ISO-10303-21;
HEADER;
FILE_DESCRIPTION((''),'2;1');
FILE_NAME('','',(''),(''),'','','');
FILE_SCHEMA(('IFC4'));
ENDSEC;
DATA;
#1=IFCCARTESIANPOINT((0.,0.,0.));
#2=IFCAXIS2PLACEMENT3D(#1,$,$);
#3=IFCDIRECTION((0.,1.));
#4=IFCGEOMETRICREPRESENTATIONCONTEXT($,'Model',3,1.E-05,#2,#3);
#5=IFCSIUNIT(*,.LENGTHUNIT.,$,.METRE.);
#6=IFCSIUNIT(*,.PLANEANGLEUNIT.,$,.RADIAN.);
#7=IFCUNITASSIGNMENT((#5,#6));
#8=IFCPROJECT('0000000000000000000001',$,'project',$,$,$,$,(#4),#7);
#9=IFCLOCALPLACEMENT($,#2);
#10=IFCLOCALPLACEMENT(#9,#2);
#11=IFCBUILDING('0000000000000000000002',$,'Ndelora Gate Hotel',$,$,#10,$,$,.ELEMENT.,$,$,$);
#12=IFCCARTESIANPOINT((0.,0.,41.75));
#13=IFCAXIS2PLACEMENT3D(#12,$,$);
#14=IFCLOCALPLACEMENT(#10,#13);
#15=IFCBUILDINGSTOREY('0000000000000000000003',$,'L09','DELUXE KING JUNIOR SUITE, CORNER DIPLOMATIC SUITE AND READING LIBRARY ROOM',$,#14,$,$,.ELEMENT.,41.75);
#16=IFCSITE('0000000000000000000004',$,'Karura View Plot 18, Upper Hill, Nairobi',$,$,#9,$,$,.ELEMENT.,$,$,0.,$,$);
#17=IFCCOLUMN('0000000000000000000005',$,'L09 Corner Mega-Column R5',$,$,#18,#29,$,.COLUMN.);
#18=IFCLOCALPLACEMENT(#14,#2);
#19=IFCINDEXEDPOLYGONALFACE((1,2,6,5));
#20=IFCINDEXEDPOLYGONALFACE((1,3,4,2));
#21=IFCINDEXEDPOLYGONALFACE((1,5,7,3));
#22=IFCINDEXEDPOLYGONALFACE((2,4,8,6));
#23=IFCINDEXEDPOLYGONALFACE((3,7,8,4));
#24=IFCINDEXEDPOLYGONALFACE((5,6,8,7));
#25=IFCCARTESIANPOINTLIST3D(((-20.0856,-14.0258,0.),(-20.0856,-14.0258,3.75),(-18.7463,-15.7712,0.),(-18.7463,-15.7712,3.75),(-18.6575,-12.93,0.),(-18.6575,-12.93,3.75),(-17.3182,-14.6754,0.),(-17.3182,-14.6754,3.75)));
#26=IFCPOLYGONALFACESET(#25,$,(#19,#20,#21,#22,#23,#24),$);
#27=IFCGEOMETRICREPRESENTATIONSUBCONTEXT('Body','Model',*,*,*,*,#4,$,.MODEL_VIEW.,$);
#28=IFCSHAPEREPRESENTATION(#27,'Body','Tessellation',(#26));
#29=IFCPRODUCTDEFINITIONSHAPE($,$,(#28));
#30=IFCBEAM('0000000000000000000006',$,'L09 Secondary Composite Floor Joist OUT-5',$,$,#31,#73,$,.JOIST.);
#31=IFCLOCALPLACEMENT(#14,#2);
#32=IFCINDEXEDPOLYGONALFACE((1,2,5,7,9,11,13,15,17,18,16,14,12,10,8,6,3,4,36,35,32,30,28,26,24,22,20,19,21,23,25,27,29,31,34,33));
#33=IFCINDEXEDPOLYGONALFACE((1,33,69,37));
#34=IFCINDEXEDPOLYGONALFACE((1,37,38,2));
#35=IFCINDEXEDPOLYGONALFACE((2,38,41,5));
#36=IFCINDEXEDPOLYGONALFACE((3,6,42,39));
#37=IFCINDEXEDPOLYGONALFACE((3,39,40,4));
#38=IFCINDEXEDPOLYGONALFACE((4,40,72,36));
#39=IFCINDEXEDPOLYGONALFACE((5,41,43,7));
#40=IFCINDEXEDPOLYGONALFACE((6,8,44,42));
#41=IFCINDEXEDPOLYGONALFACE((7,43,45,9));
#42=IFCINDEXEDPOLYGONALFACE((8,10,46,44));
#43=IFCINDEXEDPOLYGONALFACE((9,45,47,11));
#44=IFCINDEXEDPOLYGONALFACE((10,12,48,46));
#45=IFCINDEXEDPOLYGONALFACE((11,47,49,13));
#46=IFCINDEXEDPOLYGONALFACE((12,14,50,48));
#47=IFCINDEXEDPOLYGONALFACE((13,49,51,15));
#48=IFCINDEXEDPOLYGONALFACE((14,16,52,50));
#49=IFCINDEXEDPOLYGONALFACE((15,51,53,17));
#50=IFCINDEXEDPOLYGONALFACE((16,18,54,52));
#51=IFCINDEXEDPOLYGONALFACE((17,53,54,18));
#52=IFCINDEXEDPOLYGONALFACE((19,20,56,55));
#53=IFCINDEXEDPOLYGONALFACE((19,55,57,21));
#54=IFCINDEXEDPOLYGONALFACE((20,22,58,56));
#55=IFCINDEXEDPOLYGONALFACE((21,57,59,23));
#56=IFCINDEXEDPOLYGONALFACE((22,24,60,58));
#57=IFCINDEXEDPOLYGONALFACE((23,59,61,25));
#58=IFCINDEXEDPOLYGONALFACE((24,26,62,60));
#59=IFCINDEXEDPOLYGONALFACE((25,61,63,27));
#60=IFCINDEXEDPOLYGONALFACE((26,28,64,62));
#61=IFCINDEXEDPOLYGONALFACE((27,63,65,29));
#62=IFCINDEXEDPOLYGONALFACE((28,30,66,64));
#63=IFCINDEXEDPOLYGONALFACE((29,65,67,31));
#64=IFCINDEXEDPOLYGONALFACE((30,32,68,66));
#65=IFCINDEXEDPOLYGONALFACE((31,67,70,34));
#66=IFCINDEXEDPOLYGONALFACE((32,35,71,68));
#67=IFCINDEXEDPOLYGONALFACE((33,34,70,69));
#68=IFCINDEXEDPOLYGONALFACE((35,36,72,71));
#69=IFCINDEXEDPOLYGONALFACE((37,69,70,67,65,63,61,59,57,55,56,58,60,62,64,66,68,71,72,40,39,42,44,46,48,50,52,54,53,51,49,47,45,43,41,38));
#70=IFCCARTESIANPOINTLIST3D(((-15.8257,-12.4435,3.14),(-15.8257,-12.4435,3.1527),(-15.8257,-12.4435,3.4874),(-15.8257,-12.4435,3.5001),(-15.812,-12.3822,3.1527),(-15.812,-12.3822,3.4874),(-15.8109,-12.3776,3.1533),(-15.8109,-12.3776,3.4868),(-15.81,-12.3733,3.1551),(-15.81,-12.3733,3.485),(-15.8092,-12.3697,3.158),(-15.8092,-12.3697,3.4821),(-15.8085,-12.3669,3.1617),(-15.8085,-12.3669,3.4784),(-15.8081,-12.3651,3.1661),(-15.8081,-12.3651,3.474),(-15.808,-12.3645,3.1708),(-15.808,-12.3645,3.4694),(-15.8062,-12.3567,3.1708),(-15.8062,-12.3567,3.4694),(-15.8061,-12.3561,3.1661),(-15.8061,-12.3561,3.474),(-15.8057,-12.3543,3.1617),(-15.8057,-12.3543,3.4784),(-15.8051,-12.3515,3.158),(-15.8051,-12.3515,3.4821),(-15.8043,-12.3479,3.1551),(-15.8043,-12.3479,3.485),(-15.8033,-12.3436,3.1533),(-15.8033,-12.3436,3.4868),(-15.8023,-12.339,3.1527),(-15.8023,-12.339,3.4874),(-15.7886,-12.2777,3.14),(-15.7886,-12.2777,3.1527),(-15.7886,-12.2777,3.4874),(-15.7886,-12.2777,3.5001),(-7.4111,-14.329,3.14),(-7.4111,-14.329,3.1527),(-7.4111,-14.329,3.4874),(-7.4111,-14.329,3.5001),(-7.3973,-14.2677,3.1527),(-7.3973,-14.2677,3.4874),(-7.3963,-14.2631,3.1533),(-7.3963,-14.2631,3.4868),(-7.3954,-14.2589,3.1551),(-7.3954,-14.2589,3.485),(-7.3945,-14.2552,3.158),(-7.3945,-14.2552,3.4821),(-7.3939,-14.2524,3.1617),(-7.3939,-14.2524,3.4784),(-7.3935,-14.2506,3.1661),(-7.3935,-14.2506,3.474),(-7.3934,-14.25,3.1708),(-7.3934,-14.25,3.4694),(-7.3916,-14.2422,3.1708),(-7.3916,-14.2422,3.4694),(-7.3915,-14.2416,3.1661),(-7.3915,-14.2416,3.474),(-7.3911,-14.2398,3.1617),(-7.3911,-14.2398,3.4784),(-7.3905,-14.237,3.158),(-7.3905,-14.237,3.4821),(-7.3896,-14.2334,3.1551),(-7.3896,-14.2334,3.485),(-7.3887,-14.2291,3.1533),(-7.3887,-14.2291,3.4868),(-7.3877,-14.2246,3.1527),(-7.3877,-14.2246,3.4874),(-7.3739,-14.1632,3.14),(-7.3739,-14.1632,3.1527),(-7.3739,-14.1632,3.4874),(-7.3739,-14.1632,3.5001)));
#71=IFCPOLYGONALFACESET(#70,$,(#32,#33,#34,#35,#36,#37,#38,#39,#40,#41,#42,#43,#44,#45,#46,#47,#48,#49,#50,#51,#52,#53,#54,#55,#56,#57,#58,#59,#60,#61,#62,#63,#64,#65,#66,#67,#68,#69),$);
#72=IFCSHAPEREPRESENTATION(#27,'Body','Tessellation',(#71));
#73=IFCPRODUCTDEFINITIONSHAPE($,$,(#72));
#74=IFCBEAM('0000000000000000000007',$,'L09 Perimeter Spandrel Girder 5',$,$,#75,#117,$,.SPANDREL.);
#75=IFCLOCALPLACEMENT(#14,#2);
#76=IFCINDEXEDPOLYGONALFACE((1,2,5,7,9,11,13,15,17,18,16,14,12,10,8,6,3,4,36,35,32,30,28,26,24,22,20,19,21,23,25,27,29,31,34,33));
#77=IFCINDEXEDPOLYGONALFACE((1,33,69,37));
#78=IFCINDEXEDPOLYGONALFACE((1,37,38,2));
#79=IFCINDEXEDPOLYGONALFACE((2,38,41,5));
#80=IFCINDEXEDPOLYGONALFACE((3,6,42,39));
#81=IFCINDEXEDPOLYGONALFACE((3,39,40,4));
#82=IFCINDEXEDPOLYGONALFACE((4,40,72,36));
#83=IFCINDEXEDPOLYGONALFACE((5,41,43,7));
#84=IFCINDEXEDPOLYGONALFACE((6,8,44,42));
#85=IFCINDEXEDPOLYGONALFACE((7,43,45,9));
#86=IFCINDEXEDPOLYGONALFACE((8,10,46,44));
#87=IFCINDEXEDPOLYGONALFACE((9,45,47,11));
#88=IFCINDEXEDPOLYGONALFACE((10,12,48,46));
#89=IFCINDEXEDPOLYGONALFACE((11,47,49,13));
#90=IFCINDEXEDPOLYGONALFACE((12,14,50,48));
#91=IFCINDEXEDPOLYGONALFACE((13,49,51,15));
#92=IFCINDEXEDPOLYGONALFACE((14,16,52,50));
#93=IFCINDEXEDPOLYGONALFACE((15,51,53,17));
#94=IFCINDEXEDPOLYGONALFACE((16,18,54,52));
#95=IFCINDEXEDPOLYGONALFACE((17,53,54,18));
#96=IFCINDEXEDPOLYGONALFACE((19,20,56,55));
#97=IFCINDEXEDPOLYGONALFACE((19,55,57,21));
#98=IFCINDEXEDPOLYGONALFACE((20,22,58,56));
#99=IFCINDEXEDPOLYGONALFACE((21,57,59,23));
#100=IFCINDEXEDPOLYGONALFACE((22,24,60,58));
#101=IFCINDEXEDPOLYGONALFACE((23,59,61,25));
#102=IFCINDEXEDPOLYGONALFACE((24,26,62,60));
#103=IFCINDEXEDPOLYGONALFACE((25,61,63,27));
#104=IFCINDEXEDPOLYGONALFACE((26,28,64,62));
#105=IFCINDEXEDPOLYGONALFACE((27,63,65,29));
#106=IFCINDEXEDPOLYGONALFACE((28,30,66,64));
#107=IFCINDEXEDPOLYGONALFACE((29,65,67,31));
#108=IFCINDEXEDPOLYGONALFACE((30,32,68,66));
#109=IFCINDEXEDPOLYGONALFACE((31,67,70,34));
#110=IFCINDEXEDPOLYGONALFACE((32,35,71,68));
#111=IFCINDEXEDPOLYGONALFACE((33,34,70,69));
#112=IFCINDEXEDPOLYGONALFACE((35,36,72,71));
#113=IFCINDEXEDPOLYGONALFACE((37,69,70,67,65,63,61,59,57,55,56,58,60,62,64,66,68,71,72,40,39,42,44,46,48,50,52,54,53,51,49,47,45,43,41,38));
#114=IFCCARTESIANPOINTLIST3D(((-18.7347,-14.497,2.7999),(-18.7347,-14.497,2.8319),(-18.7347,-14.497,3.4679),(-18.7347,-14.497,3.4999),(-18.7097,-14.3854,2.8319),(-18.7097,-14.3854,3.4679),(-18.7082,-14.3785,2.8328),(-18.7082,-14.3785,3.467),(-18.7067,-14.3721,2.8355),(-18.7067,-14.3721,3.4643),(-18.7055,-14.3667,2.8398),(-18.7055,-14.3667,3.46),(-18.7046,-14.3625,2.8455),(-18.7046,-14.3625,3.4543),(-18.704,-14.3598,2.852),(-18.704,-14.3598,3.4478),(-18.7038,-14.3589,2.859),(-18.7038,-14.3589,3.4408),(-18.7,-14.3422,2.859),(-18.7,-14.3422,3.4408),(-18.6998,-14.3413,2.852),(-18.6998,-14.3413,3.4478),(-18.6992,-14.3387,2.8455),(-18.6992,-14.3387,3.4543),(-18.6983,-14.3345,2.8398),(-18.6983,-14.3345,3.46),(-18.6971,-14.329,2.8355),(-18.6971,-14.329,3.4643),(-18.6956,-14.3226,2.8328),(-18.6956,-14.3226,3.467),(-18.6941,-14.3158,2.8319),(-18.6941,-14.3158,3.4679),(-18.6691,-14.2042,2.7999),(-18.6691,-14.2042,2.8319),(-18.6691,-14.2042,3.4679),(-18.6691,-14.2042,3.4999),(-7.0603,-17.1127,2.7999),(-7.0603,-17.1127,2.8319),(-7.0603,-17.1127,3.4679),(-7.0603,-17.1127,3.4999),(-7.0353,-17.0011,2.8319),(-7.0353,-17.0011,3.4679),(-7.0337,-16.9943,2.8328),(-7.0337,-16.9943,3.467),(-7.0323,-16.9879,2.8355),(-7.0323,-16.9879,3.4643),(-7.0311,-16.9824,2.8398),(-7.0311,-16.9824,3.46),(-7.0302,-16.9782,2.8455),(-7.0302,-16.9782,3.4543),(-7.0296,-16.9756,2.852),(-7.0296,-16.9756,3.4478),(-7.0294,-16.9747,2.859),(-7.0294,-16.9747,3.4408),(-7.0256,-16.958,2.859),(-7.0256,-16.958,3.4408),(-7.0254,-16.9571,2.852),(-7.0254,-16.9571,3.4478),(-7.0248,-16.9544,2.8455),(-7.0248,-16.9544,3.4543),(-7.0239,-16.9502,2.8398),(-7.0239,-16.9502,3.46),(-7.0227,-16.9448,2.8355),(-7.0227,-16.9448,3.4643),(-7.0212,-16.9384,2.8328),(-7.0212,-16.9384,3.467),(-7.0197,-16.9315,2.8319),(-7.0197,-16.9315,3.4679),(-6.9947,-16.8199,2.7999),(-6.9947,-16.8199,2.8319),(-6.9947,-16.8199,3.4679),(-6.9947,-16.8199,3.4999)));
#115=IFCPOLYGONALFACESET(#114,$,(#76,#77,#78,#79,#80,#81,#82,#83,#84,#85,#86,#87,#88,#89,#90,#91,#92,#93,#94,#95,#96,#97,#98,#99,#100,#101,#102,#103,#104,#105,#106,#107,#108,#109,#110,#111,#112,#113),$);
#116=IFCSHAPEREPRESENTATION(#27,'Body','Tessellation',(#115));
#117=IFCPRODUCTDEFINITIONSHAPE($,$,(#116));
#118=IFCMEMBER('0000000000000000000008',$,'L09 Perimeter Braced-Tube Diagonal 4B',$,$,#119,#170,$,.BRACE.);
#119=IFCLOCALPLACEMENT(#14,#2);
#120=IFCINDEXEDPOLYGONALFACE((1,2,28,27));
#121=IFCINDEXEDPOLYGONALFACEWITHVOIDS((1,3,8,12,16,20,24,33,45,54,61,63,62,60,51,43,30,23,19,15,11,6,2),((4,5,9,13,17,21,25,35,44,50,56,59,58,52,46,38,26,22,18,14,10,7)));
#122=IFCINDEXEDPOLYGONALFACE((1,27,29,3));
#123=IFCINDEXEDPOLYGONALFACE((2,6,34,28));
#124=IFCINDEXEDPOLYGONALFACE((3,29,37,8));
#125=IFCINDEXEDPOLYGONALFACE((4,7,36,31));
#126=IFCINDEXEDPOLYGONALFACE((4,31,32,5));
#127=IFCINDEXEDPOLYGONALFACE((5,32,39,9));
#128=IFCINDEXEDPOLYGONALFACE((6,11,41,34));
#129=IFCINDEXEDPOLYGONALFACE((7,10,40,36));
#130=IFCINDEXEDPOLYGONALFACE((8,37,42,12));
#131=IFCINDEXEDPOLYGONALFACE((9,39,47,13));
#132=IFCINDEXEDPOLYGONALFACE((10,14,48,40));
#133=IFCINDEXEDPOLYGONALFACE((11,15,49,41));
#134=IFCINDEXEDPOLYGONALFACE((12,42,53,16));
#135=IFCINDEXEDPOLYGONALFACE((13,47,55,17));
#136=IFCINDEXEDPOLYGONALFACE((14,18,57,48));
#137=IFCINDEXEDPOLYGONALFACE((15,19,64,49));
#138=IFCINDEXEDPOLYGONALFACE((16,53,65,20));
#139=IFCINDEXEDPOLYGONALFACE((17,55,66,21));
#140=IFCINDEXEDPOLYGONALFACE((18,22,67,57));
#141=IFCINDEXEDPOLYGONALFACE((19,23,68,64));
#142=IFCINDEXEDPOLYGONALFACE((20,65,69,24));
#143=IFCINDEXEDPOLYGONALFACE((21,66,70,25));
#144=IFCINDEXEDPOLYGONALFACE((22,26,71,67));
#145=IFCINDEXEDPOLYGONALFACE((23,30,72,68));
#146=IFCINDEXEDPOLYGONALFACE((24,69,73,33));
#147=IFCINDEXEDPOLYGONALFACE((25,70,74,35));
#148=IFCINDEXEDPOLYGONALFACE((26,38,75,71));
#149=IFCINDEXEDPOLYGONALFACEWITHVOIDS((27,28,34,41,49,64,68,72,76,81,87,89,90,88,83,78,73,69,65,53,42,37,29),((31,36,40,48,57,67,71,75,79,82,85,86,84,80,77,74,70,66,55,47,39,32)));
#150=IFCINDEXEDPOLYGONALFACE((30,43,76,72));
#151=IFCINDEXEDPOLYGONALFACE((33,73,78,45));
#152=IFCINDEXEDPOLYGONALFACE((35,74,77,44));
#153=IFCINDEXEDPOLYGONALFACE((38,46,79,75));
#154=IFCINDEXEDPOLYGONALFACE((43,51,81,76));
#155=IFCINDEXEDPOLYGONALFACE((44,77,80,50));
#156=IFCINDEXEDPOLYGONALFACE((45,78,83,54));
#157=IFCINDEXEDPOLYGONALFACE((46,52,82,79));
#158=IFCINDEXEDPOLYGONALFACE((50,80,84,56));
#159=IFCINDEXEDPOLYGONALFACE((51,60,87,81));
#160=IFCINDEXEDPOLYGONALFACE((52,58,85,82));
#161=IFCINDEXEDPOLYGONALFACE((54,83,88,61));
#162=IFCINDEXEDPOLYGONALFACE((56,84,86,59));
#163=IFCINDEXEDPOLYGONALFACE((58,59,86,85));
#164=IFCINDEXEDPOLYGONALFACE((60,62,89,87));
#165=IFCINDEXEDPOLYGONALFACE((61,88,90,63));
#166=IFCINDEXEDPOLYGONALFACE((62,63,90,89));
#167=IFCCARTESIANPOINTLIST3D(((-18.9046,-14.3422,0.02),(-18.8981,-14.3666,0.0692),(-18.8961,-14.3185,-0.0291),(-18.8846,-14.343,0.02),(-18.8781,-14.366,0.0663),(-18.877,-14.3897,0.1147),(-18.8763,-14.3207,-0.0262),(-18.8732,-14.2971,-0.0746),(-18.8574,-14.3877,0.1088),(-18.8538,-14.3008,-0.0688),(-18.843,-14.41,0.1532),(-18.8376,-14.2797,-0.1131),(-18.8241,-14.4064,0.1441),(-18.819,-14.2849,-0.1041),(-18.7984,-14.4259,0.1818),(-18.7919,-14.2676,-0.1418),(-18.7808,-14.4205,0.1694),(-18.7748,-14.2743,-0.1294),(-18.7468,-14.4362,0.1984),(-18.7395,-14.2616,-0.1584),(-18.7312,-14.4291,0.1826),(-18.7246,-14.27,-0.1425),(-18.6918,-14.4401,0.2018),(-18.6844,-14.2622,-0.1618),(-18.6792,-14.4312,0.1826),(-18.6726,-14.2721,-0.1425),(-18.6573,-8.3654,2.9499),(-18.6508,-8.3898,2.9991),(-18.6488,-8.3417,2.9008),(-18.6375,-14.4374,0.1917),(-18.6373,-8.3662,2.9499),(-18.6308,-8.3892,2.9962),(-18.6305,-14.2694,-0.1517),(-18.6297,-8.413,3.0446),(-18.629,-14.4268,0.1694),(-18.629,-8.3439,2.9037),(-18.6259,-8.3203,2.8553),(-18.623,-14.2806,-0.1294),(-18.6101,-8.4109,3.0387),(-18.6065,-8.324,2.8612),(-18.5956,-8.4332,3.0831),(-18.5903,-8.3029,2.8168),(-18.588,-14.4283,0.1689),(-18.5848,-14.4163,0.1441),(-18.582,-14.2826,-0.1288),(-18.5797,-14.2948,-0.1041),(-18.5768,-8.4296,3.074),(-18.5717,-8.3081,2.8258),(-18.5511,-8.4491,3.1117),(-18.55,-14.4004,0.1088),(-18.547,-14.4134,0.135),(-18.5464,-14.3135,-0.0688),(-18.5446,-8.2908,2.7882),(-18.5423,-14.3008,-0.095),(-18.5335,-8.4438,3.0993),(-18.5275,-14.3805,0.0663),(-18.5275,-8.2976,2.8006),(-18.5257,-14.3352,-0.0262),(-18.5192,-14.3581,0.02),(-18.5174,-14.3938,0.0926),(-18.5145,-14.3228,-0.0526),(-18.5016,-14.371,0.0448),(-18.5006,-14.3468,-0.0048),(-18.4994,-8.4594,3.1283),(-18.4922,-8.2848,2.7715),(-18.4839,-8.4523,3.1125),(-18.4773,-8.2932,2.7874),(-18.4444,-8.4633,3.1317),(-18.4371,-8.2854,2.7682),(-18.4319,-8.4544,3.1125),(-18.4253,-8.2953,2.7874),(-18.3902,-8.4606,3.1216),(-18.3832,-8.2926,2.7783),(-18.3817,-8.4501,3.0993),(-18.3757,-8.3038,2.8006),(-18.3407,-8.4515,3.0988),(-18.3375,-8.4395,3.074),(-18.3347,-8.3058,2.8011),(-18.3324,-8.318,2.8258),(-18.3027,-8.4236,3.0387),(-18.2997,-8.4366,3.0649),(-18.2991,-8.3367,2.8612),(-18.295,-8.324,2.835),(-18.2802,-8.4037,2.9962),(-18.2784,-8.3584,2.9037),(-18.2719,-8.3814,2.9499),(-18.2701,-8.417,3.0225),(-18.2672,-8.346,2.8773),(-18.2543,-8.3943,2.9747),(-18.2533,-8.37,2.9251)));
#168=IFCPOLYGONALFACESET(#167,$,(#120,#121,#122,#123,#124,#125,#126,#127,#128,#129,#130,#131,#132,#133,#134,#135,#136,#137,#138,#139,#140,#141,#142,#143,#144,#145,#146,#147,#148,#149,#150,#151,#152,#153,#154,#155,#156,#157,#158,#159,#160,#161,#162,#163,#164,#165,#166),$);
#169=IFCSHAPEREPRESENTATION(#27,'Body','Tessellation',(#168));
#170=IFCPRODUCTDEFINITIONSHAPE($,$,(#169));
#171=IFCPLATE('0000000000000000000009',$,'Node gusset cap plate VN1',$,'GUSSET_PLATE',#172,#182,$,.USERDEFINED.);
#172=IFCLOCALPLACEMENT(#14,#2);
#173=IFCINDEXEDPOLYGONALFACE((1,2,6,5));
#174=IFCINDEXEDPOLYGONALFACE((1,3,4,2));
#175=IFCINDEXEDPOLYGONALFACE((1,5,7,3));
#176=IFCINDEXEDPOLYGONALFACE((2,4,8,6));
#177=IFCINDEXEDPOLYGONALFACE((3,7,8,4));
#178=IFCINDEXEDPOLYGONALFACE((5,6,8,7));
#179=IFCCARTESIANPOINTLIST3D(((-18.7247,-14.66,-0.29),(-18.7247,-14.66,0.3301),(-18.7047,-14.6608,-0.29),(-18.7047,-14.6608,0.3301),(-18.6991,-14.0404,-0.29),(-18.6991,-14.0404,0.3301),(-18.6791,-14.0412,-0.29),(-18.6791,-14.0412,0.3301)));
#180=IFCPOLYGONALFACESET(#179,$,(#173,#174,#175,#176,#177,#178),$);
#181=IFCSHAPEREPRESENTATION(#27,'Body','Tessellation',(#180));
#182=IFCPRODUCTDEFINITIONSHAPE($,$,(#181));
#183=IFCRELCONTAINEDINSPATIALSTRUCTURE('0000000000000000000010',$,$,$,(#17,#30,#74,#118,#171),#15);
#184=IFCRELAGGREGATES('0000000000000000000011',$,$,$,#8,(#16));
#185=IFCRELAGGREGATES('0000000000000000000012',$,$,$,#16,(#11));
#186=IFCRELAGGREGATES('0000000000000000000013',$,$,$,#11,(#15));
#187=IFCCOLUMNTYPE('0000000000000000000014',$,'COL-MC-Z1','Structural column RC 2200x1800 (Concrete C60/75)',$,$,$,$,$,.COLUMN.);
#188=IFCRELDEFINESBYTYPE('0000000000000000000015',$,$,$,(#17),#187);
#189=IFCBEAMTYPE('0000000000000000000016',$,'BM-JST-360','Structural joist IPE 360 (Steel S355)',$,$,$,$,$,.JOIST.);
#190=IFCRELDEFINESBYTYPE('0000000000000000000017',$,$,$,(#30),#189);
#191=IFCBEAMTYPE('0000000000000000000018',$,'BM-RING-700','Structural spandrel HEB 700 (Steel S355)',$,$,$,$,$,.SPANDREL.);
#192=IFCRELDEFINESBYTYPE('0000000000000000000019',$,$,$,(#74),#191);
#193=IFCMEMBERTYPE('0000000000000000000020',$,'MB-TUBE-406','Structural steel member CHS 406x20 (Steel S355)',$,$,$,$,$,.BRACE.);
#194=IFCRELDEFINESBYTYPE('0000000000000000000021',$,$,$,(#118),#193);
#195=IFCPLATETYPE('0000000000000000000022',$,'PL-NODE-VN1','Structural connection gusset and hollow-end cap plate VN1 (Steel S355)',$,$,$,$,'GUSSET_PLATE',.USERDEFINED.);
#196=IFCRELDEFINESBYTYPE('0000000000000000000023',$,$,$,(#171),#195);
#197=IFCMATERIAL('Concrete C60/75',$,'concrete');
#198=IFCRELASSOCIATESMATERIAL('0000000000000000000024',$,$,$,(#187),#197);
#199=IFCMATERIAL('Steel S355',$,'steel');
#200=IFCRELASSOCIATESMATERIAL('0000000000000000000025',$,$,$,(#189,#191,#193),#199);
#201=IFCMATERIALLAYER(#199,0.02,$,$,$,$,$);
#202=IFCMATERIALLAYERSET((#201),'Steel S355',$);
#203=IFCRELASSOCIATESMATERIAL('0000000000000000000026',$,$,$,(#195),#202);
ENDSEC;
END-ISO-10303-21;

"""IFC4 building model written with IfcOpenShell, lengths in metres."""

from ifc_helpers import new_model, si_unit, direction, frame, origin, origin_2d, place, context, subcontext, project, spatial, rectangle, hollow_circle, i_section, extrude, material, layer, layer_set, material_profile, profile_set, type_object, element, save


model = new_model("IFC4")

# Units and contexts
model_context = context("Model", 3, precision=1e-05, world=origin(), true_north=direction((0.0, 1.0)))
body_context = subcontext(model_context, "Body", "Model", "MODEL_VIEW")
ifc_project = project(units=[si_unit("LENGTHUNIT", "METRE"), si_unit("PLANEANGLEUNIT", "RADIAN")], contexts=[model_context])

# Site, building, storey
site_placement = place(None, origin())
site = spatial("IfcSite", under=ifc_project, at=site_placement, Name="Karura View Plot 18, Upper Hill, Nairobi", CompositionType="ELEMENT", RefElevation=0.0)
building_placement = place(site_placement, origin())
building = spatial("IfcBuilding", under=site, at=building_placement, Name="Ndelora Gate Hotel", CompositionType="ELEMENT")
storey_placement = place(building_placement, frame((0.0, 0.0, 41.75)))
storey = spatial("IfcBuildingStorey", under=building, at=storey_placement, Name="L09", Description="DELUXE KING JUNIOR SUITE, CORNER DIPLOMATIC SUITE AND READING LIBRARY ROOM", CompositionType="ELEMENT", Elevation=41.75)

# Column
ifc_material_1 = material(Name="Concrete C60/75", Category="concrete")
ifc_material_profile_1 = material_profile(ifc_material_1, rectangle(XDim=1.8, YDim=2.2, at=origin_2d()), Name="RC 2200x1800")
ifc_profile_set_1 = profile_set([ifc_material_profile_1], Name="Concrete C60/75")
column_type = type_object("IfcColumnType", Name="COL-MC-Z1", Description="Structural column RC 2200x1800 (Concrete C60/75)", PredefinedType="COLUMN", material=ifc_profile_set_1)
column_placement = place(storey_placement, frame((-18.7019, -14.3506, 0.0), z_axis=(0.0, 0.0, 1.0), x_axis=(0.793353, 0.608761, 0.0)))
element("IfcColumn", 1, at=column_placement, inside=storey, type_object=column_type, Name="L09 Corner Mega-Column R5", PredefinedType="COLUMN", context=body_context, shape_type="SweptSolid", body=[
    extrude(rectangle(XDim=1.8, YDim=2.2, at=origin_2d()), origin(), (0.0, 0.0, 1.0), 3.75),
])

# Beams
ifc_material_2 = material(Name="Steel S355", Category="steel")
ifc_material_profile_2 = material_profile(ifc_material_2, i_section(OverallWidth=0.1699, OverallDepth=0.3601, WebThickness=0.0081, FlangeThickness=0.0127, FilletRadius=0.0181, at=origin_2d()), Name="IPE 360")
ifc_profile_set_2 = profile_set([ifc_material_profile_2], Name="Steel S355")
beam_type_1 = type_object("IfcBeamType", Name="BM-JST-360", Description="Structural joist IPE 360 (Steel S355)", PredefinedType="JOIST", material=ifc_profile_set_2)
beam_1_placement = place(storey_placement, frame((-15.8071, -12.3606, 3.3201), z_axis=(0.975802, -0.218654, 0.0), x_axis=(0.218654, 0.975802, 0.0)))
element("IfcBeam", 2, at=beam_1_placement, inside=storey, type_object=beam_type_1, Name="L09 Secondary Composite Floor Joist OUT-5", PredefinedType="JOIST", context=body_context, shape_type="SweptSolid", body=[
    extrude(i_section(OverallWidth=0.1699, OverallDepth=0.3601, WebThickness=0.0081, FlangeThickness=0.0127, FilletRadius=0.0181, at=origin_2d()), origin(), (0.0, 0.0, 1.0), 8.6233),
])
ifc_material_profile_3 = material_profile(ifc_material_2, i_section(OverallWidth=0.3, OverallDepth=0.7, WebThickness=0.0171, FlangeThickness=0.032, FilletRadius=0.0271, at=origin_2d()), Name="HEB 700")
ifc_profile_set_3 = profile_set([ifc_material_profile_3], Name="Steel S355")
beam_type_2 = type_object("IfcBeamType", Name="BM-RING-700", Description="Structural spandrel HEB 700 (Steel S355)", PredefinedType="SPANDREL", material=ifc_profile_set_3)
beam_2_placement = place(storey_placement, frame((-18.7019, -14.3506, 3.1499), z_axis=(0.975806, -0.218637, 0.0), x_axis=(0.218637, 0.975806, 0.0)))
element("IfcBeam", 3, at=beam_2_placement, inside=storey, type_object=beam_type_2, Name="L09 Perimeter Spandrel Girder 5", PredefinedType="SPANDREL", context=body_context, shape_type="SweptSolid", body=[
    extrude(i_section(OverallWidth=0.3, OverallDepth=0.7, WebThickness=0.0171, FlangeThickness=0.032, FilletRadius=0.0271, at=origin_2d()), origin(), (0.0, 0.0, 1.0), 11.9639),
])

# Member
ifc_material_profile_4 = material_profile(ifc_material_2, hollow_circle(Radius=0.2029, WallThickness=0.02, at=origin_2d()), Name="CHS 406x20")
ifc_profile_set_4 = profile_set([ifc_material_profile_4], Name="Steel S355")
member_type = type_object("IfcMemberType", Name="MB-TUBE-406", Description="Structural steel member CHS 406x20 (Steel S355)", PredefinedType="BRACE", material=ifc_profile_set_4)
member_placement = place(storey_placement, frame((-18.7019, -14.3506, 0.02), z_axis=(0.037129, 0.897294, 0.439869), x_axis=(-0.999145, 0.041344, 0.0)))
element("IfcMember", 4, at=member_placement, inside=storey, type_object=member_type, Name="L09 Perimeter Braced-Tube Diagonal 4B", PredefinedType="BRACE", context=body_context, shape_type="SweptSolid", body=[
    extrude(hollow_circle(Radius=0.2029, WallThickness=0.02, at=origin_2d()), origin(), (0.0, 0.0, 1.0), 6.6609),
])

# Plate
ifc_layer_1 = layer(ifc_material_2, 0.02)
ifc_layer_set_1 = layer_set([ifc_layer_1], Name="Steel S355")
plate_type = type_object("IfcPlateType", Name="PL-NODE-VN1", Description="Structural connection gusset and hollow-end cap plate VN1 (Steel S355)", ElementType="GUSSET_PLATE", PredefinedType="USERDEFINED", material=ifc_layer_set_1)
for number, where, z_axis, x_axis, name in (
    (5, (-18.7019, -14.3506, -0.29), (0.0, 0.0, 1.0), (0.041353, 0.999145, 0.0), "Node gusset cap plate VN1"),
):
    element("IfcPlate", number, at=place(storey_placement, frame(where, z_axis=z_axis, x_axis=x_axis)), inside=storey, type_object=plate_type, Name=name, ObjectType="GUSSET_PLATE", PredefinedType="USERDEFINED", context=body_context, shape_type="SweptSolid", body=[
        extrude(rectangle(XDim=0.6201, YDim=0.02, at=origin_2d()), origin(), (0.0, 0.0, 1.0), 0.6201),
    ])

save(model, "model.ifc")
